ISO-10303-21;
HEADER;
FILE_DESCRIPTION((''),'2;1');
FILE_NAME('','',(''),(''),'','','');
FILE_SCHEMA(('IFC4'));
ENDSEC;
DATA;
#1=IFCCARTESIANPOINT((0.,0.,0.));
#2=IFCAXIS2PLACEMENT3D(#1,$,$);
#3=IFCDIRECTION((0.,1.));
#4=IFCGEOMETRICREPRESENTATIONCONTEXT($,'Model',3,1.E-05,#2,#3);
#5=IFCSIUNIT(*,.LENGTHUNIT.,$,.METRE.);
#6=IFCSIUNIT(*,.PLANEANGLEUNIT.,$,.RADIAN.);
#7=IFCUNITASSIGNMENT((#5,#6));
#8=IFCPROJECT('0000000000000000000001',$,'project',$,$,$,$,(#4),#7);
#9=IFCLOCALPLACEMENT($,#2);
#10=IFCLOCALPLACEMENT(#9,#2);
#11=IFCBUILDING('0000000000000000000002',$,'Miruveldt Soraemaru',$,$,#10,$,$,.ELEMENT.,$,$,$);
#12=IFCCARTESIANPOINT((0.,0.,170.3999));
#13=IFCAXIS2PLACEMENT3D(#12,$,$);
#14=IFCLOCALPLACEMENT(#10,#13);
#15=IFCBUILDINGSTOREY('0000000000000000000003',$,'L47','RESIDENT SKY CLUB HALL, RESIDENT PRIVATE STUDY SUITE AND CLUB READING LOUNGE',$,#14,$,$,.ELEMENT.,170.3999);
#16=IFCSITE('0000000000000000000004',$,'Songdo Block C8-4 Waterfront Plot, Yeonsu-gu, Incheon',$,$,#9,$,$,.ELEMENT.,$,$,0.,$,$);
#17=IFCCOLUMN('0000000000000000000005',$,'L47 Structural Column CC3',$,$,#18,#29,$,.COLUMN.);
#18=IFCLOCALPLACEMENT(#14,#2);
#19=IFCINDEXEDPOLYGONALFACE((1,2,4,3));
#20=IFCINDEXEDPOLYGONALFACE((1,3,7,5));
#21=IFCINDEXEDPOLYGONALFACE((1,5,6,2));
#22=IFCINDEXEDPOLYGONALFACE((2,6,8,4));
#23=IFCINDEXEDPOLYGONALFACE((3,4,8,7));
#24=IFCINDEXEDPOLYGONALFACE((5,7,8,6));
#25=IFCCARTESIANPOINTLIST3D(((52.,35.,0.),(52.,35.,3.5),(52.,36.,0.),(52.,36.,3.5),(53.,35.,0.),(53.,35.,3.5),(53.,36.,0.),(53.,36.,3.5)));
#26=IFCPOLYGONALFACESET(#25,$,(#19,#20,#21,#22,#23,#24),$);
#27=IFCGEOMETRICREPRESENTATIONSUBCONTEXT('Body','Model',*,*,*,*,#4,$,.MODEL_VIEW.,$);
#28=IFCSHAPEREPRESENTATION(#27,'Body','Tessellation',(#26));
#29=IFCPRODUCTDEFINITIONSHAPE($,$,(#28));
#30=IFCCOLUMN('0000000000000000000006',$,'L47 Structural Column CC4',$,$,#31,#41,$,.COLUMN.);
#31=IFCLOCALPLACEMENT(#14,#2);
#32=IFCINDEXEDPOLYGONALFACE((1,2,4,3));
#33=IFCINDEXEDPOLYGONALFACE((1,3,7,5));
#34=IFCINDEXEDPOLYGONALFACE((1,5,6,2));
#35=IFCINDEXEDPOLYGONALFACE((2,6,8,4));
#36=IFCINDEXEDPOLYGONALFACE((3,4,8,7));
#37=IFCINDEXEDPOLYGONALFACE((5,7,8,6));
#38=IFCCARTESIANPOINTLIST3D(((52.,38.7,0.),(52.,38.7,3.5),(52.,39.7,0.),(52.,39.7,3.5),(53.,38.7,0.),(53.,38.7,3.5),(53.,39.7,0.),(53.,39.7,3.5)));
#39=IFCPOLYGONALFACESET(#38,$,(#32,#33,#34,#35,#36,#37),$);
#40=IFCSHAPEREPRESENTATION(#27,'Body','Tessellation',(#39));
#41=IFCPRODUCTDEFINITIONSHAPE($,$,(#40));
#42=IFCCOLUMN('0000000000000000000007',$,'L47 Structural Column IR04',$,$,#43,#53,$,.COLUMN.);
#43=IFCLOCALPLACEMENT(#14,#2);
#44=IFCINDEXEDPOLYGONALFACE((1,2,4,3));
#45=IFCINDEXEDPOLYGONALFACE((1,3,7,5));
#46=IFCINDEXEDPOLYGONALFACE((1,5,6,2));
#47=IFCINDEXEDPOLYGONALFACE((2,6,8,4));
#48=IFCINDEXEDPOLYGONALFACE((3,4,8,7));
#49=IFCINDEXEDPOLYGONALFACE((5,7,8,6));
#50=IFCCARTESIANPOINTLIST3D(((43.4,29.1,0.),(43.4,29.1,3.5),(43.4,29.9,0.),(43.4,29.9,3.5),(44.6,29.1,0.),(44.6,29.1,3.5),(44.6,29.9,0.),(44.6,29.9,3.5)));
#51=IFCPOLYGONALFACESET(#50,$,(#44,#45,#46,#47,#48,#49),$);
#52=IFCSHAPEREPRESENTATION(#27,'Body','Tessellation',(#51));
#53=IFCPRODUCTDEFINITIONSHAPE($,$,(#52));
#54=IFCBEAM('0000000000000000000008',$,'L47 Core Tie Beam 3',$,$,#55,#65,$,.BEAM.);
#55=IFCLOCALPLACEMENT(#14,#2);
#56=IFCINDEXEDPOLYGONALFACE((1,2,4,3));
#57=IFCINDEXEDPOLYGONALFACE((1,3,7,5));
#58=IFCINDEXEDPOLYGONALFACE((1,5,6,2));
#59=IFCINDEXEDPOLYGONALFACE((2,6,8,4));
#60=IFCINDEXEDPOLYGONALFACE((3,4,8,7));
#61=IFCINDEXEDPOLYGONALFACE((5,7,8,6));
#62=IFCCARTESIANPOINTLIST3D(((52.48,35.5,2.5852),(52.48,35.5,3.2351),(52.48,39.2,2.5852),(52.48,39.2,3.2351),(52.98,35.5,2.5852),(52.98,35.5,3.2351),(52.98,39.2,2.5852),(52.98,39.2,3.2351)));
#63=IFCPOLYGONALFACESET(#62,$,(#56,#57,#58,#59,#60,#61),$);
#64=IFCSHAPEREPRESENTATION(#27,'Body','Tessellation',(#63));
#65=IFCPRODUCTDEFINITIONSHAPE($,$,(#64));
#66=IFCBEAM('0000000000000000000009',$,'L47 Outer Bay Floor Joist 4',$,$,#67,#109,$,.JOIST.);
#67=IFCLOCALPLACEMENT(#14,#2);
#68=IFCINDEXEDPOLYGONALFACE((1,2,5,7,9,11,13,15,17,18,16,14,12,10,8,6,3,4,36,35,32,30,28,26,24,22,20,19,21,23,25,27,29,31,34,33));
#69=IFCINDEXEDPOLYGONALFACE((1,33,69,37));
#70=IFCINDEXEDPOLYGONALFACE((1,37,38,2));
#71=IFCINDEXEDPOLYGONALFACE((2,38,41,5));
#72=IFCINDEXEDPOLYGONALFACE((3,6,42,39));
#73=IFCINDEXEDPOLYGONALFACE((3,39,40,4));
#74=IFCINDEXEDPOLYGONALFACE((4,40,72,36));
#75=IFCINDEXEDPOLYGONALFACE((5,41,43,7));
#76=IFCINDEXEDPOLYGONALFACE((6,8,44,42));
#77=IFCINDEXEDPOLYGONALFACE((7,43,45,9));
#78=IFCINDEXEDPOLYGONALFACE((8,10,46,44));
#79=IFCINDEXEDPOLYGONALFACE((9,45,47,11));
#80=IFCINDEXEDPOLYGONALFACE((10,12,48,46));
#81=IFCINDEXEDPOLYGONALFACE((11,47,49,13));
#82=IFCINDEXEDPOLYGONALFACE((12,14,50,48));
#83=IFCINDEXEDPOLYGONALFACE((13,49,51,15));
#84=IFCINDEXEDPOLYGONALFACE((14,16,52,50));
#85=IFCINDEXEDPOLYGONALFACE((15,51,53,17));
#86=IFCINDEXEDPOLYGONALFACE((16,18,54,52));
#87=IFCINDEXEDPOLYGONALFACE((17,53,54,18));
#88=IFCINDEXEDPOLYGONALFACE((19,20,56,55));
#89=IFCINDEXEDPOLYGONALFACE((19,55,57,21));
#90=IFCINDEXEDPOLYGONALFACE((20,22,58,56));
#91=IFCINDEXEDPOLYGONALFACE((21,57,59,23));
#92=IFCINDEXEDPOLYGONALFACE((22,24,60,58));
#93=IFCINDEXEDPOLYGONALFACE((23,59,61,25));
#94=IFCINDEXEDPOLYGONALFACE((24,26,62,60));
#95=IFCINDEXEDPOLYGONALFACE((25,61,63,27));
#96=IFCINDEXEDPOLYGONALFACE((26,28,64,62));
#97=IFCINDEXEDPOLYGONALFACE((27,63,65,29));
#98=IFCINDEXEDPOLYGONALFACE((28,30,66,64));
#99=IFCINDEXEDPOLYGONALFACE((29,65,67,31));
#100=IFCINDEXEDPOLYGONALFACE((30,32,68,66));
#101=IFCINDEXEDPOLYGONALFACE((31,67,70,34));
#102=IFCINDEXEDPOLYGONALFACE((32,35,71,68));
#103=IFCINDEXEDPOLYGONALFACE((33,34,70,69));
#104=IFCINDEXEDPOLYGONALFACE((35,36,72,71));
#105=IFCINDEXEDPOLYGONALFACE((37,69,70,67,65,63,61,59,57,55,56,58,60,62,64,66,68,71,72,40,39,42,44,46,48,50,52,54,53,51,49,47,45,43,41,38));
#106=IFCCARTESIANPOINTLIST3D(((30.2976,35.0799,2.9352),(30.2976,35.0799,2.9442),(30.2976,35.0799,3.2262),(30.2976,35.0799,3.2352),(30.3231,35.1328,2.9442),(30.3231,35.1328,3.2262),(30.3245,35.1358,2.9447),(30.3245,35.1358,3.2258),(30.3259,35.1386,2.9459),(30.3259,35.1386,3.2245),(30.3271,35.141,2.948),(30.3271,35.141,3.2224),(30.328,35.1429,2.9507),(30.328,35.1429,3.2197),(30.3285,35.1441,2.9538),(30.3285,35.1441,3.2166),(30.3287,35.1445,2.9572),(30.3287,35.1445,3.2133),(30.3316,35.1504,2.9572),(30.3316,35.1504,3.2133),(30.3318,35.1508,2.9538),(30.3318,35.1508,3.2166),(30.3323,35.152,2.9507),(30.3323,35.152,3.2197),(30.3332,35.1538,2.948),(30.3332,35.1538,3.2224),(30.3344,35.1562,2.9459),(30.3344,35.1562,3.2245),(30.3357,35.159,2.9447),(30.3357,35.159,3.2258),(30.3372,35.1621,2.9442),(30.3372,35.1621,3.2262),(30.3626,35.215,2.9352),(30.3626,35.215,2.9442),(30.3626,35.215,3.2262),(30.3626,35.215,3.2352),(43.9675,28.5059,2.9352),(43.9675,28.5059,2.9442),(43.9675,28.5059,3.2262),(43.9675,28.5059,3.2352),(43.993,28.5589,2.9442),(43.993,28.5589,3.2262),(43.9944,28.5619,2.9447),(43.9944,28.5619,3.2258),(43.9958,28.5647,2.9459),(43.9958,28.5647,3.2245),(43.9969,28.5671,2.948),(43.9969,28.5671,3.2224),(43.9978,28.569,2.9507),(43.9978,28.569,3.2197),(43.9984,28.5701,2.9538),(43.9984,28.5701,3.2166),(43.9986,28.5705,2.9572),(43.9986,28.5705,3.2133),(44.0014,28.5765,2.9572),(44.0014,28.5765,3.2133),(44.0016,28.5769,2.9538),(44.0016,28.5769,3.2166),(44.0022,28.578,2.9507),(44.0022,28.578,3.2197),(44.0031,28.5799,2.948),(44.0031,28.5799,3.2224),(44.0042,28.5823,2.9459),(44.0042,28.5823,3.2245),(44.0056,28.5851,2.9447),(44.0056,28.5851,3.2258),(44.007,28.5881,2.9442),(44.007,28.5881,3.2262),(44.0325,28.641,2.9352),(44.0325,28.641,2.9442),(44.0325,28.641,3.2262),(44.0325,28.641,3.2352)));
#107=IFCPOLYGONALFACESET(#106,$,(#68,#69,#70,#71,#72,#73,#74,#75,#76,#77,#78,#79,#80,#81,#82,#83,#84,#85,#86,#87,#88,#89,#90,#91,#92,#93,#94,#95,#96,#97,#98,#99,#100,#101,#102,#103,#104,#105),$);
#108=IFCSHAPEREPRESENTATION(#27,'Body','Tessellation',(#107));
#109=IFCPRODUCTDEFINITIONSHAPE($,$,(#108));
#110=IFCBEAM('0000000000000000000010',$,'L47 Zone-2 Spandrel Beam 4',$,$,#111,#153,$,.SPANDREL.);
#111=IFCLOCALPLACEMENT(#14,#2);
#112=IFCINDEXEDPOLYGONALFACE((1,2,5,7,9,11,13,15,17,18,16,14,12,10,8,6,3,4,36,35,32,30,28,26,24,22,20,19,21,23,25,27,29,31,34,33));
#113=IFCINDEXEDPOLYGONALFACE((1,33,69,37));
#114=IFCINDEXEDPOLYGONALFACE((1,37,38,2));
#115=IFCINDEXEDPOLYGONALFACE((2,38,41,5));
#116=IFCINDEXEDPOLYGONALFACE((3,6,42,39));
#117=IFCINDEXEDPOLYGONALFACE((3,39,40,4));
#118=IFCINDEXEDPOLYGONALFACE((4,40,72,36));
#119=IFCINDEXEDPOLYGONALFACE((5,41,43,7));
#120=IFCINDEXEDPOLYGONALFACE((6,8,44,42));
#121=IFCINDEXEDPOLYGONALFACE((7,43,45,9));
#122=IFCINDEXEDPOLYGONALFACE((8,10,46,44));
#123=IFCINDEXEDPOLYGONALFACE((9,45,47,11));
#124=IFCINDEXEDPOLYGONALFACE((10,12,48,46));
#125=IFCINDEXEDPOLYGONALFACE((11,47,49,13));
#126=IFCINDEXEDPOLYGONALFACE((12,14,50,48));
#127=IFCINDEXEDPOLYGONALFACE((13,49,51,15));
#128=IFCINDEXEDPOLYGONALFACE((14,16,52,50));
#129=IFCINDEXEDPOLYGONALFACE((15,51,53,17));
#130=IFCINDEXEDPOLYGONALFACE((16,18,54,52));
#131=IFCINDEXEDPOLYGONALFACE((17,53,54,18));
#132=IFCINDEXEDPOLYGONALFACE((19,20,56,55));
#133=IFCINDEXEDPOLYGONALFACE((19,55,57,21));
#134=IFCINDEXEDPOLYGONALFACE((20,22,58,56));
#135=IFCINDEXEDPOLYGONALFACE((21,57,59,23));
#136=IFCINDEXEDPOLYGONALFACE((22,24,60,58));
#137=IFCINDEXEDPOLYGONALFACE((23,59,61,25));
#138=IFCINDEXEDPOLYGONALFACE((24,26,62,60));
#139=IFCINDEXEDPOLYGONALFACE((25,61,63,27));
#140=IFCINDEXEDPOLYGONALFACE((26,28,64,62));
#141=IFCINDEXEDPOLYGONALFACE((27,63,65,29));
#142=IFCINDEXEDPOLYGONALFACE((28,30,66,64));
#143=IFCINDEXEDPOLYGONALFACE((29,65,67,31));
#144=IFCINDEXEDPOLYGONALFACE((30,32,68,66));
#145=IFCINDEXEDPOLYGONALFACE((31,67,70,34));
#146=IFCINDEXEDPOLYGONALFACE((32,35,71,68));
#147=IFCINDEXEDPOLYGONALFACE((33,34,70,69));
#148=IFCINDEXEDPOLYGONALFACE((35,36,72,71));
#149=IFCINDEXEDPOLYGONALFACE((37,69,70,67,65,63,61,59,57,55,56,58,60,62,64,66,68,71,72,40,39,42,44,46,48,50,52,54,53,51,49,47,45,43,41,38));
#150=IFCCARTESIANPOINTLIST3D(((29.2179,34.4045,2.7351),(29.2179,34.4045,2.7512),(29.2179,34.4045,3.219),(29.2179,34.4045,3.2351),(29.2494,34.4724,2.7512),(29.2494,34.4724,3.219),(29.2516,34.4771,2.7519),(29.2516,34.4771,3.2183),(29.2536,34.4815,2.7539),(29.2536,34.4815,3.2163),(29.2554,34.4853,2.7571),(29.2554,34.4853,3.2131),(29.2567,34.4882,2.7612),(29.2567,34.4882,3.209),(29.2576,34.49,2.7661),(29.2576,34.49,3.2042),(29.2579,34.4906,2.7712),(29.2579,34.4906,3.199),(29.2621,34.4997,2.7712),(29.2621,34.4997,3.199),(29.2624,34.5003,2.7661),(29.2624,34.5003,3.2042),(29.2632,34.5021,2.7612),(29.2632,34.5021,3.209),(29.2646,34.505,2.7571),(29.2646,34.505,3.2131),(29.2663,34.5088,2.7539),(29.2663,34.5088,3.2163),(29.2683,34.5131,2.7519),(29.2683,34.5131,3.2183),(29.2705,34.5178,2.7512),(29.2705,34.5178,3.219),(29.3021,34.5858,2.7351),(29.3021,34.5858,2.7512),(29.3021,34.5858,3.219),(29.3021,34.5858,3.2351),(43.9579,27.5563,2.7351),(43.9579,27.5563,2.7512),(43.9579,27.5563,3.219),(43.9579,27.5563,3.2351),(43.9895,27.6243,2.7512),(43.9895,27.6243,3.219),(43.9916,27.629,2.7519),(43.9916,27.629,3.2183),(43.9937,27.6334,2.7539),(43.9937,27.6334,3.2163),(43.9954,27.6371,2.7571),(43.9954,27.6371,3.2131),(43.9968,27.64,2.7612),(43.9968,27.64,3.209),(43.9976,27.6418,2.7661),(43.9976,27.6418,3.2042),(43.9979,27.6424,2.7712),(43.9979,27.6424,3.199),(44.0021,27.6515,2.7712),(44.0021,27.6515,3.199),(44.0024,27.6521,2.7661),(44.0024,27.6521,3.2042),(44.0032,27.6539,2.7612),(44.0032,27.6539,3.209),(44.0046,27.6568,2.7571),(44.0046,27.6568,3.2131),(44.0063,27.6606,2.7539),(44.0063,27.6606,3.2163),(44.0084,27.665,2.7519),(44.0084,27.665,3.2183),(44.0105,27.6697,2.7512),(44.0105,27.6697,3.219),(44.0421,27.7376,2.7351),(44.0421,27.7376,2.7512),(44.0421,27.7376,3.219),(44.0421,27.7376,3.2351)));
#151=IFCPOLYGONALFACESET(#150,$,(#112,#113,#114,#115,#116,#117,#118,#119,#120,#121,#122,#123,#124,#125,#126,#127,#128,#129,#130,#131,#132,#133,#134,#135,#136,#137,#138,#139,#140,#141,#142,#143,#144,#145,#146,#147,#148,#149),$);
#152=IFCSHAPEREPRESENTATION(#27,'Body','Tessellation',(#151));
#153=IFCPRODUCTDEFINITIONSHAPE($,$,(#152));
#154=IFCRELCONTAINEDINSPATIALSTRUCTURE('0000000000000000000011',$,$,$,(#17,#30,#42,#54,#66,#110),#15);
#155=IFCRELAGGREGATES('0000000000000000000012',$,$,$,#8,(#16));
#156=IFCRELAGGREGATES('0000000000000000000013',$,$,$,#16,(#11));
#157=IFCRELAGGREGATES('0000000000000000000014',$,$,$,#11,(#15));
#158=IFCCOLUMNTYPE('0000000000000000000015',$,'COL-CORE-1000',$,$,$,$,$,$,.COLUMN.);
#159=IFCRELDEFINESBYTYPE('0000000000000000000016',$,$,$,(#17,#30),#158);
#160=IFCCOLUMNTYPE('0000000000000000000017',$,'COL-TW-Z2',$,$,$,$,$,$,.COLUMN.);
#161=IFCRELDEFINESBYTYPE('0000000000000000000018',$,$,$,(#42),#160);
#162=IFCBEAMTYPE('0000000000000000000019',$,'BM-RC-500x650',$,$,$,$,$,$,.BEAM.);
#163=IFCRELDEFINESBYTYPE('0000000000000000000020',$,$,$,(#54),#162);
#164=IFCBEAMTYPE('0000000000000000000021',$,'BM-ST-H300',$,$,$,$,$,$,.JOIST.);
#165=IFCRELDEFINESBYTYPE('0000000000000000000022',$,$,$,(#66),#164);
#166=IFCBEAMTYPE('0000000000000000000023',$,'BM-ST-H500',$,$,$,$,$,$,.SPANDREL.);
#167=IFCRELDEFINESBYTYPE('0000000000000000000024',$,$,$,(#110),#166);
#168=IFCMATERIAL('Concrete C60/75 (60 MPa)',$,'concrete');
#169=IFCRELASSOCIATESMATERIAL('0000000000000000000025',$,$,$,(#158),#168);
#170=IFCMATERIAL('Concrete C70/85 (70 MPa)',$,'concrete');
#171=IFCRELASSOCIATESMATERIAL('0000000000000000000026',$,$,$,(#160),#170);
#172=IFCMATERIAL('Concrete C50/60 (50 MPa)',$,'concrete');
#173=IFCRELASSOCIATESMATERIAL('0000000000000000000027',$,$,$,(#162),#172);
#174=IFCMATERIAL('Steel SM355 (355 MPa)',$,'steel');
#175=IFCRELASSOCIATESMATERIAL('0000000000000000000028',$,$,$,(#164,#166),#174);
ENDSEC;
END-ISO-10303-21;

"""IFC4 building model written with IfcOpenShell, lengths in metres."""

from ifc_helpers import new_model, si_unit, direction, frame, origin, origin_2d, place, context, subcontext, project, spatial, rectangle, i_section, extrude, material, material_profile, profile_set, type_object, element, save


model = new_model("IFC4")

# Units and contexts
model_context = context("Model", 3, precision=1e-05, world=origin(), true_north=direction((0.0, 1.0)))
body_context = subcontext(model_context, "Body", "Model", "MODEL_VIEW")
ifc_project = project(units=[si_unit("LENGTHUNIT", "METRE"), si_unit("PLANEANGLEUNIT", "RADIAN")], contexts=[model_context])

# Site, building, storey
site_placement = place(None, origin())
site = spatial("IfcSite", under=ifc_project, at=site_placement, Name="Songdo Block C8-4 Waterfront Plot, Yeonsu-gu, Incheon", CompositionType="ELEMENT", RefElevation=0.0)
building_placement = place(site_placement, origin())
building = spatial("IfcBuilding", under=site, at=building_placement, Name="Miruveldt Soraemaru", CompositionType="ELEMENT")
storey_placement = place(building_placement, frame((0.0, 0.0, 170.3999)))
storey = spatial("IfcBuildingStorey", under=building, at=storey_placement, Name="L47", Description="RESIDENT SKY CLUB HALL, RESIDENT PRIVATE STUDY SUITE AND CLUB READING LOUNGE", CompositionType="ELEMENT", Elevation=170.3999)

# Columns
ifc_material_1 = material(Name="Concrete C60/75 (60 MPa)", Category="concrete")
ifc_material_profile_1 = material_profile(ifc_material_1, rectangle(XDim=1.0, YDim=1.0, at=origin_2d()), Name="Concrete C60/75 (60 MPa)", Category="concrete")
ifc_profile_set_1 = profile_set([ifc_material_profile_1], Name="Concrete C60/75 (60 MPa)")
column_type_1 = type_object("IfcColumnType", Name="COL-CORE-1000", PredefinedType="COLUMN", material=ifc_profile_set_1)
for number, where, z_axis, x_axis, name in (
    (1, (52.5, 35.5, 0.0), (0.0, 0.0, 1.0), (1.0, 0.0, 0.0), "L47 Structural Column CC3"),
    (2, (52.5, 39.2, 0.0), (0.0, 0.0, 1.0), (1.0, 0.0, 0.0), "L47 Structural Column CC4"),
):
    element("IfcColumn", number, at=place(storey_placement, frame(where, z_axis=z_axis, x_axis=x_axis)), inside=storey, type_object=column_type_1, Name=name, PredefinedType="COLUMN", context=body_context, shape_type="SweptSolid", body=[
        extrude(rectangle(XDim=1.0, YDim=1.0, at=origin_2d()), origin(), (0.0, 0.0, 1.0), 3.5),
    ])
ifc_material_2 = material(Name="Concrete C70/85 (70 MPa)", Category="concrete")
ifc_material_profile_2 = material_profile(ifc_material_2, rectangle(XDim=1.2, YDim=0.8, at=origin_2d()), Name="Concrete C70/85 (70 MPa)", Category="concrete")
ifc_profile_set_2 = profile_set([ifc_material_profile_2], Name="Concrete C70/85 (70 MPa)")
column_type_2 = type_object("IfcColumnType", Name="COL-TW-Z2", PredefinedType="COLUMN", material=ifc_profile_set_2)
column_placement = place(storey_placement, frame((44.0, 29.5, 0.0), z_axis=(0.0, 0.0, 1.0), x_axis=(1.0, 0.0, 0.0)))
element("IfcColumn", 3, at=column_placement, inside=storey, type_object=column_type_2, Name="L47 Structural Column IR04", PredefinedType="COLUMN", context=body_context, shape_type="SweptSolid", body=[
    extrude(rectangle(XDim=1.2, YDim=0.8, at=origin_2d()), origin(), (0.0, 0.0, 1.0), 3.5),
])

# Beams
ifc_material_3 = material(Name="Concrete C50/60 (50 MPa)", Category="concrete")
ifc_material_profile_3 = material_profile(ifc_material_3, rectangle(XDim=0.5, YDim=0.6499, at=origin_2d()), Name="Concrete C50/60 (50 MPa)", Category="concrete")
ifc_profile_set_3 = profile_set([ifc_material_profile_3], Name="Concrete C50/60 (50 MPa)")
beam_type_1 = type_object("IfcBeamType", Name="BM-RC-500x650", PredefinedType="BEAM", material=ifc_profile_set_3)
beam_1_placement = place(storey_placement, frame((52.73, 35.5, 2.9102), z_axis=(0.0, 1.0, 0.0), x_axis=(-1.0, 0.0, 0.0)))
element("IfcBeam", 4, at=beam_1_placement, inside=storey, type_object=beam_type_1, Name="L47 Core Tie Beam 3", PredefinedType="BEAM", context=body_context, shape_type="SweptSolid", body=[
    extrude(rectangle(XDim=0.5, YDim=0.6499, at=origin_2d()), origin(), (0.0, 0.0, 1.0), 3.7),
])
ifc_material_4 = material(Name="Steel SM355 (355 MPa)", Category="steel")
ifc_material_profile_4 = material_profile(ifc_material_4, i_section(OverallWidth=0.1499, OverallDepth=0.3, WebThickness=0.0066, FlangeThickness=0.009, FilletRadius=0.0129, at=origin_2d()), Name="Steel SM355 (355 MPa)", Category="steel")
ifc_profile_set_4 = profile_set([ifc_material_profile_4], Name="Steel SM355 (355 MPa)")
beam_type_2 = type_object("IfcBeamType", Name="BM-ST-H300", PredefinedType="JOIST", material=ifc_profile_set_4)
beam_2_placement = place(storey_placement, frame((44.0, 28.5735, 3.0852), z_axis=(-0.901204, 0.433396, 0.0), x_axis=(-0.433396, -0.901204, 0.0)))
element("IfcBeam", 5, at=beam_2_placement, inside=storey, type_object=beam_type_2, Name="L47 Outer Bay Floor Joist 4", PredefinedType="JOIST", context=body_context, shape_type="SweptSolid", body=[
    extrude(i_section(OverallWidth=0.1499, OverallDepth=0.3, WebThickness=0.0066, FlangeThickness=0.009, FilletRadius=0.0129, at=origin_2d()), origin(), (0.0, 0.0, 1.0), 15.1685),
])
ifc_material_profile_5 = material_profile(ifc_material_4, i_section(OverallWidth=0.2, OverallDepth=0.5, WebThickness=0.01, FlangeThickness=0.0161, FilletRadius=0.02, at=origin_2d()), Name="Steel SM355 (355 MPa)", Category="steel")
ifc_profile_set_5 = profile_set([ifc_material_profile_5], Name="Steel SM355 (355 MPa)")
beam_type_3 = type_object("IfcBeamType", Name="BM-ST-H500", PredefinedType="SPANDREL", material=ifc_profile_set_5)
beam_3_placement = place(storey_placement, frame((44.0, 27.647, 2.9851), z_axis=(-0.906901, 0.421343, 0.0), x_axis=(-0.421343, -0.906901, 0.0)))
element("IfcBeam", 6, at=beam_3_placement, inside=storey, type_object=beam_type_3, Name="L47 Zone-2 Spandrel Beam 4", PredefinedType="SPANDREL", context=body_context, shape_type="SweptSolid", body=[
    extrude(i_section(OverallWidth=0.2, OverallDepth=0.5, WebThickness=0.01, FlangeThickness=0.0161, FilletRadius=0.02, at=origin_2d()), origin(), (0.0, 0.0, 1.0), 16.2532),
])

save(model, "model.ifc")
